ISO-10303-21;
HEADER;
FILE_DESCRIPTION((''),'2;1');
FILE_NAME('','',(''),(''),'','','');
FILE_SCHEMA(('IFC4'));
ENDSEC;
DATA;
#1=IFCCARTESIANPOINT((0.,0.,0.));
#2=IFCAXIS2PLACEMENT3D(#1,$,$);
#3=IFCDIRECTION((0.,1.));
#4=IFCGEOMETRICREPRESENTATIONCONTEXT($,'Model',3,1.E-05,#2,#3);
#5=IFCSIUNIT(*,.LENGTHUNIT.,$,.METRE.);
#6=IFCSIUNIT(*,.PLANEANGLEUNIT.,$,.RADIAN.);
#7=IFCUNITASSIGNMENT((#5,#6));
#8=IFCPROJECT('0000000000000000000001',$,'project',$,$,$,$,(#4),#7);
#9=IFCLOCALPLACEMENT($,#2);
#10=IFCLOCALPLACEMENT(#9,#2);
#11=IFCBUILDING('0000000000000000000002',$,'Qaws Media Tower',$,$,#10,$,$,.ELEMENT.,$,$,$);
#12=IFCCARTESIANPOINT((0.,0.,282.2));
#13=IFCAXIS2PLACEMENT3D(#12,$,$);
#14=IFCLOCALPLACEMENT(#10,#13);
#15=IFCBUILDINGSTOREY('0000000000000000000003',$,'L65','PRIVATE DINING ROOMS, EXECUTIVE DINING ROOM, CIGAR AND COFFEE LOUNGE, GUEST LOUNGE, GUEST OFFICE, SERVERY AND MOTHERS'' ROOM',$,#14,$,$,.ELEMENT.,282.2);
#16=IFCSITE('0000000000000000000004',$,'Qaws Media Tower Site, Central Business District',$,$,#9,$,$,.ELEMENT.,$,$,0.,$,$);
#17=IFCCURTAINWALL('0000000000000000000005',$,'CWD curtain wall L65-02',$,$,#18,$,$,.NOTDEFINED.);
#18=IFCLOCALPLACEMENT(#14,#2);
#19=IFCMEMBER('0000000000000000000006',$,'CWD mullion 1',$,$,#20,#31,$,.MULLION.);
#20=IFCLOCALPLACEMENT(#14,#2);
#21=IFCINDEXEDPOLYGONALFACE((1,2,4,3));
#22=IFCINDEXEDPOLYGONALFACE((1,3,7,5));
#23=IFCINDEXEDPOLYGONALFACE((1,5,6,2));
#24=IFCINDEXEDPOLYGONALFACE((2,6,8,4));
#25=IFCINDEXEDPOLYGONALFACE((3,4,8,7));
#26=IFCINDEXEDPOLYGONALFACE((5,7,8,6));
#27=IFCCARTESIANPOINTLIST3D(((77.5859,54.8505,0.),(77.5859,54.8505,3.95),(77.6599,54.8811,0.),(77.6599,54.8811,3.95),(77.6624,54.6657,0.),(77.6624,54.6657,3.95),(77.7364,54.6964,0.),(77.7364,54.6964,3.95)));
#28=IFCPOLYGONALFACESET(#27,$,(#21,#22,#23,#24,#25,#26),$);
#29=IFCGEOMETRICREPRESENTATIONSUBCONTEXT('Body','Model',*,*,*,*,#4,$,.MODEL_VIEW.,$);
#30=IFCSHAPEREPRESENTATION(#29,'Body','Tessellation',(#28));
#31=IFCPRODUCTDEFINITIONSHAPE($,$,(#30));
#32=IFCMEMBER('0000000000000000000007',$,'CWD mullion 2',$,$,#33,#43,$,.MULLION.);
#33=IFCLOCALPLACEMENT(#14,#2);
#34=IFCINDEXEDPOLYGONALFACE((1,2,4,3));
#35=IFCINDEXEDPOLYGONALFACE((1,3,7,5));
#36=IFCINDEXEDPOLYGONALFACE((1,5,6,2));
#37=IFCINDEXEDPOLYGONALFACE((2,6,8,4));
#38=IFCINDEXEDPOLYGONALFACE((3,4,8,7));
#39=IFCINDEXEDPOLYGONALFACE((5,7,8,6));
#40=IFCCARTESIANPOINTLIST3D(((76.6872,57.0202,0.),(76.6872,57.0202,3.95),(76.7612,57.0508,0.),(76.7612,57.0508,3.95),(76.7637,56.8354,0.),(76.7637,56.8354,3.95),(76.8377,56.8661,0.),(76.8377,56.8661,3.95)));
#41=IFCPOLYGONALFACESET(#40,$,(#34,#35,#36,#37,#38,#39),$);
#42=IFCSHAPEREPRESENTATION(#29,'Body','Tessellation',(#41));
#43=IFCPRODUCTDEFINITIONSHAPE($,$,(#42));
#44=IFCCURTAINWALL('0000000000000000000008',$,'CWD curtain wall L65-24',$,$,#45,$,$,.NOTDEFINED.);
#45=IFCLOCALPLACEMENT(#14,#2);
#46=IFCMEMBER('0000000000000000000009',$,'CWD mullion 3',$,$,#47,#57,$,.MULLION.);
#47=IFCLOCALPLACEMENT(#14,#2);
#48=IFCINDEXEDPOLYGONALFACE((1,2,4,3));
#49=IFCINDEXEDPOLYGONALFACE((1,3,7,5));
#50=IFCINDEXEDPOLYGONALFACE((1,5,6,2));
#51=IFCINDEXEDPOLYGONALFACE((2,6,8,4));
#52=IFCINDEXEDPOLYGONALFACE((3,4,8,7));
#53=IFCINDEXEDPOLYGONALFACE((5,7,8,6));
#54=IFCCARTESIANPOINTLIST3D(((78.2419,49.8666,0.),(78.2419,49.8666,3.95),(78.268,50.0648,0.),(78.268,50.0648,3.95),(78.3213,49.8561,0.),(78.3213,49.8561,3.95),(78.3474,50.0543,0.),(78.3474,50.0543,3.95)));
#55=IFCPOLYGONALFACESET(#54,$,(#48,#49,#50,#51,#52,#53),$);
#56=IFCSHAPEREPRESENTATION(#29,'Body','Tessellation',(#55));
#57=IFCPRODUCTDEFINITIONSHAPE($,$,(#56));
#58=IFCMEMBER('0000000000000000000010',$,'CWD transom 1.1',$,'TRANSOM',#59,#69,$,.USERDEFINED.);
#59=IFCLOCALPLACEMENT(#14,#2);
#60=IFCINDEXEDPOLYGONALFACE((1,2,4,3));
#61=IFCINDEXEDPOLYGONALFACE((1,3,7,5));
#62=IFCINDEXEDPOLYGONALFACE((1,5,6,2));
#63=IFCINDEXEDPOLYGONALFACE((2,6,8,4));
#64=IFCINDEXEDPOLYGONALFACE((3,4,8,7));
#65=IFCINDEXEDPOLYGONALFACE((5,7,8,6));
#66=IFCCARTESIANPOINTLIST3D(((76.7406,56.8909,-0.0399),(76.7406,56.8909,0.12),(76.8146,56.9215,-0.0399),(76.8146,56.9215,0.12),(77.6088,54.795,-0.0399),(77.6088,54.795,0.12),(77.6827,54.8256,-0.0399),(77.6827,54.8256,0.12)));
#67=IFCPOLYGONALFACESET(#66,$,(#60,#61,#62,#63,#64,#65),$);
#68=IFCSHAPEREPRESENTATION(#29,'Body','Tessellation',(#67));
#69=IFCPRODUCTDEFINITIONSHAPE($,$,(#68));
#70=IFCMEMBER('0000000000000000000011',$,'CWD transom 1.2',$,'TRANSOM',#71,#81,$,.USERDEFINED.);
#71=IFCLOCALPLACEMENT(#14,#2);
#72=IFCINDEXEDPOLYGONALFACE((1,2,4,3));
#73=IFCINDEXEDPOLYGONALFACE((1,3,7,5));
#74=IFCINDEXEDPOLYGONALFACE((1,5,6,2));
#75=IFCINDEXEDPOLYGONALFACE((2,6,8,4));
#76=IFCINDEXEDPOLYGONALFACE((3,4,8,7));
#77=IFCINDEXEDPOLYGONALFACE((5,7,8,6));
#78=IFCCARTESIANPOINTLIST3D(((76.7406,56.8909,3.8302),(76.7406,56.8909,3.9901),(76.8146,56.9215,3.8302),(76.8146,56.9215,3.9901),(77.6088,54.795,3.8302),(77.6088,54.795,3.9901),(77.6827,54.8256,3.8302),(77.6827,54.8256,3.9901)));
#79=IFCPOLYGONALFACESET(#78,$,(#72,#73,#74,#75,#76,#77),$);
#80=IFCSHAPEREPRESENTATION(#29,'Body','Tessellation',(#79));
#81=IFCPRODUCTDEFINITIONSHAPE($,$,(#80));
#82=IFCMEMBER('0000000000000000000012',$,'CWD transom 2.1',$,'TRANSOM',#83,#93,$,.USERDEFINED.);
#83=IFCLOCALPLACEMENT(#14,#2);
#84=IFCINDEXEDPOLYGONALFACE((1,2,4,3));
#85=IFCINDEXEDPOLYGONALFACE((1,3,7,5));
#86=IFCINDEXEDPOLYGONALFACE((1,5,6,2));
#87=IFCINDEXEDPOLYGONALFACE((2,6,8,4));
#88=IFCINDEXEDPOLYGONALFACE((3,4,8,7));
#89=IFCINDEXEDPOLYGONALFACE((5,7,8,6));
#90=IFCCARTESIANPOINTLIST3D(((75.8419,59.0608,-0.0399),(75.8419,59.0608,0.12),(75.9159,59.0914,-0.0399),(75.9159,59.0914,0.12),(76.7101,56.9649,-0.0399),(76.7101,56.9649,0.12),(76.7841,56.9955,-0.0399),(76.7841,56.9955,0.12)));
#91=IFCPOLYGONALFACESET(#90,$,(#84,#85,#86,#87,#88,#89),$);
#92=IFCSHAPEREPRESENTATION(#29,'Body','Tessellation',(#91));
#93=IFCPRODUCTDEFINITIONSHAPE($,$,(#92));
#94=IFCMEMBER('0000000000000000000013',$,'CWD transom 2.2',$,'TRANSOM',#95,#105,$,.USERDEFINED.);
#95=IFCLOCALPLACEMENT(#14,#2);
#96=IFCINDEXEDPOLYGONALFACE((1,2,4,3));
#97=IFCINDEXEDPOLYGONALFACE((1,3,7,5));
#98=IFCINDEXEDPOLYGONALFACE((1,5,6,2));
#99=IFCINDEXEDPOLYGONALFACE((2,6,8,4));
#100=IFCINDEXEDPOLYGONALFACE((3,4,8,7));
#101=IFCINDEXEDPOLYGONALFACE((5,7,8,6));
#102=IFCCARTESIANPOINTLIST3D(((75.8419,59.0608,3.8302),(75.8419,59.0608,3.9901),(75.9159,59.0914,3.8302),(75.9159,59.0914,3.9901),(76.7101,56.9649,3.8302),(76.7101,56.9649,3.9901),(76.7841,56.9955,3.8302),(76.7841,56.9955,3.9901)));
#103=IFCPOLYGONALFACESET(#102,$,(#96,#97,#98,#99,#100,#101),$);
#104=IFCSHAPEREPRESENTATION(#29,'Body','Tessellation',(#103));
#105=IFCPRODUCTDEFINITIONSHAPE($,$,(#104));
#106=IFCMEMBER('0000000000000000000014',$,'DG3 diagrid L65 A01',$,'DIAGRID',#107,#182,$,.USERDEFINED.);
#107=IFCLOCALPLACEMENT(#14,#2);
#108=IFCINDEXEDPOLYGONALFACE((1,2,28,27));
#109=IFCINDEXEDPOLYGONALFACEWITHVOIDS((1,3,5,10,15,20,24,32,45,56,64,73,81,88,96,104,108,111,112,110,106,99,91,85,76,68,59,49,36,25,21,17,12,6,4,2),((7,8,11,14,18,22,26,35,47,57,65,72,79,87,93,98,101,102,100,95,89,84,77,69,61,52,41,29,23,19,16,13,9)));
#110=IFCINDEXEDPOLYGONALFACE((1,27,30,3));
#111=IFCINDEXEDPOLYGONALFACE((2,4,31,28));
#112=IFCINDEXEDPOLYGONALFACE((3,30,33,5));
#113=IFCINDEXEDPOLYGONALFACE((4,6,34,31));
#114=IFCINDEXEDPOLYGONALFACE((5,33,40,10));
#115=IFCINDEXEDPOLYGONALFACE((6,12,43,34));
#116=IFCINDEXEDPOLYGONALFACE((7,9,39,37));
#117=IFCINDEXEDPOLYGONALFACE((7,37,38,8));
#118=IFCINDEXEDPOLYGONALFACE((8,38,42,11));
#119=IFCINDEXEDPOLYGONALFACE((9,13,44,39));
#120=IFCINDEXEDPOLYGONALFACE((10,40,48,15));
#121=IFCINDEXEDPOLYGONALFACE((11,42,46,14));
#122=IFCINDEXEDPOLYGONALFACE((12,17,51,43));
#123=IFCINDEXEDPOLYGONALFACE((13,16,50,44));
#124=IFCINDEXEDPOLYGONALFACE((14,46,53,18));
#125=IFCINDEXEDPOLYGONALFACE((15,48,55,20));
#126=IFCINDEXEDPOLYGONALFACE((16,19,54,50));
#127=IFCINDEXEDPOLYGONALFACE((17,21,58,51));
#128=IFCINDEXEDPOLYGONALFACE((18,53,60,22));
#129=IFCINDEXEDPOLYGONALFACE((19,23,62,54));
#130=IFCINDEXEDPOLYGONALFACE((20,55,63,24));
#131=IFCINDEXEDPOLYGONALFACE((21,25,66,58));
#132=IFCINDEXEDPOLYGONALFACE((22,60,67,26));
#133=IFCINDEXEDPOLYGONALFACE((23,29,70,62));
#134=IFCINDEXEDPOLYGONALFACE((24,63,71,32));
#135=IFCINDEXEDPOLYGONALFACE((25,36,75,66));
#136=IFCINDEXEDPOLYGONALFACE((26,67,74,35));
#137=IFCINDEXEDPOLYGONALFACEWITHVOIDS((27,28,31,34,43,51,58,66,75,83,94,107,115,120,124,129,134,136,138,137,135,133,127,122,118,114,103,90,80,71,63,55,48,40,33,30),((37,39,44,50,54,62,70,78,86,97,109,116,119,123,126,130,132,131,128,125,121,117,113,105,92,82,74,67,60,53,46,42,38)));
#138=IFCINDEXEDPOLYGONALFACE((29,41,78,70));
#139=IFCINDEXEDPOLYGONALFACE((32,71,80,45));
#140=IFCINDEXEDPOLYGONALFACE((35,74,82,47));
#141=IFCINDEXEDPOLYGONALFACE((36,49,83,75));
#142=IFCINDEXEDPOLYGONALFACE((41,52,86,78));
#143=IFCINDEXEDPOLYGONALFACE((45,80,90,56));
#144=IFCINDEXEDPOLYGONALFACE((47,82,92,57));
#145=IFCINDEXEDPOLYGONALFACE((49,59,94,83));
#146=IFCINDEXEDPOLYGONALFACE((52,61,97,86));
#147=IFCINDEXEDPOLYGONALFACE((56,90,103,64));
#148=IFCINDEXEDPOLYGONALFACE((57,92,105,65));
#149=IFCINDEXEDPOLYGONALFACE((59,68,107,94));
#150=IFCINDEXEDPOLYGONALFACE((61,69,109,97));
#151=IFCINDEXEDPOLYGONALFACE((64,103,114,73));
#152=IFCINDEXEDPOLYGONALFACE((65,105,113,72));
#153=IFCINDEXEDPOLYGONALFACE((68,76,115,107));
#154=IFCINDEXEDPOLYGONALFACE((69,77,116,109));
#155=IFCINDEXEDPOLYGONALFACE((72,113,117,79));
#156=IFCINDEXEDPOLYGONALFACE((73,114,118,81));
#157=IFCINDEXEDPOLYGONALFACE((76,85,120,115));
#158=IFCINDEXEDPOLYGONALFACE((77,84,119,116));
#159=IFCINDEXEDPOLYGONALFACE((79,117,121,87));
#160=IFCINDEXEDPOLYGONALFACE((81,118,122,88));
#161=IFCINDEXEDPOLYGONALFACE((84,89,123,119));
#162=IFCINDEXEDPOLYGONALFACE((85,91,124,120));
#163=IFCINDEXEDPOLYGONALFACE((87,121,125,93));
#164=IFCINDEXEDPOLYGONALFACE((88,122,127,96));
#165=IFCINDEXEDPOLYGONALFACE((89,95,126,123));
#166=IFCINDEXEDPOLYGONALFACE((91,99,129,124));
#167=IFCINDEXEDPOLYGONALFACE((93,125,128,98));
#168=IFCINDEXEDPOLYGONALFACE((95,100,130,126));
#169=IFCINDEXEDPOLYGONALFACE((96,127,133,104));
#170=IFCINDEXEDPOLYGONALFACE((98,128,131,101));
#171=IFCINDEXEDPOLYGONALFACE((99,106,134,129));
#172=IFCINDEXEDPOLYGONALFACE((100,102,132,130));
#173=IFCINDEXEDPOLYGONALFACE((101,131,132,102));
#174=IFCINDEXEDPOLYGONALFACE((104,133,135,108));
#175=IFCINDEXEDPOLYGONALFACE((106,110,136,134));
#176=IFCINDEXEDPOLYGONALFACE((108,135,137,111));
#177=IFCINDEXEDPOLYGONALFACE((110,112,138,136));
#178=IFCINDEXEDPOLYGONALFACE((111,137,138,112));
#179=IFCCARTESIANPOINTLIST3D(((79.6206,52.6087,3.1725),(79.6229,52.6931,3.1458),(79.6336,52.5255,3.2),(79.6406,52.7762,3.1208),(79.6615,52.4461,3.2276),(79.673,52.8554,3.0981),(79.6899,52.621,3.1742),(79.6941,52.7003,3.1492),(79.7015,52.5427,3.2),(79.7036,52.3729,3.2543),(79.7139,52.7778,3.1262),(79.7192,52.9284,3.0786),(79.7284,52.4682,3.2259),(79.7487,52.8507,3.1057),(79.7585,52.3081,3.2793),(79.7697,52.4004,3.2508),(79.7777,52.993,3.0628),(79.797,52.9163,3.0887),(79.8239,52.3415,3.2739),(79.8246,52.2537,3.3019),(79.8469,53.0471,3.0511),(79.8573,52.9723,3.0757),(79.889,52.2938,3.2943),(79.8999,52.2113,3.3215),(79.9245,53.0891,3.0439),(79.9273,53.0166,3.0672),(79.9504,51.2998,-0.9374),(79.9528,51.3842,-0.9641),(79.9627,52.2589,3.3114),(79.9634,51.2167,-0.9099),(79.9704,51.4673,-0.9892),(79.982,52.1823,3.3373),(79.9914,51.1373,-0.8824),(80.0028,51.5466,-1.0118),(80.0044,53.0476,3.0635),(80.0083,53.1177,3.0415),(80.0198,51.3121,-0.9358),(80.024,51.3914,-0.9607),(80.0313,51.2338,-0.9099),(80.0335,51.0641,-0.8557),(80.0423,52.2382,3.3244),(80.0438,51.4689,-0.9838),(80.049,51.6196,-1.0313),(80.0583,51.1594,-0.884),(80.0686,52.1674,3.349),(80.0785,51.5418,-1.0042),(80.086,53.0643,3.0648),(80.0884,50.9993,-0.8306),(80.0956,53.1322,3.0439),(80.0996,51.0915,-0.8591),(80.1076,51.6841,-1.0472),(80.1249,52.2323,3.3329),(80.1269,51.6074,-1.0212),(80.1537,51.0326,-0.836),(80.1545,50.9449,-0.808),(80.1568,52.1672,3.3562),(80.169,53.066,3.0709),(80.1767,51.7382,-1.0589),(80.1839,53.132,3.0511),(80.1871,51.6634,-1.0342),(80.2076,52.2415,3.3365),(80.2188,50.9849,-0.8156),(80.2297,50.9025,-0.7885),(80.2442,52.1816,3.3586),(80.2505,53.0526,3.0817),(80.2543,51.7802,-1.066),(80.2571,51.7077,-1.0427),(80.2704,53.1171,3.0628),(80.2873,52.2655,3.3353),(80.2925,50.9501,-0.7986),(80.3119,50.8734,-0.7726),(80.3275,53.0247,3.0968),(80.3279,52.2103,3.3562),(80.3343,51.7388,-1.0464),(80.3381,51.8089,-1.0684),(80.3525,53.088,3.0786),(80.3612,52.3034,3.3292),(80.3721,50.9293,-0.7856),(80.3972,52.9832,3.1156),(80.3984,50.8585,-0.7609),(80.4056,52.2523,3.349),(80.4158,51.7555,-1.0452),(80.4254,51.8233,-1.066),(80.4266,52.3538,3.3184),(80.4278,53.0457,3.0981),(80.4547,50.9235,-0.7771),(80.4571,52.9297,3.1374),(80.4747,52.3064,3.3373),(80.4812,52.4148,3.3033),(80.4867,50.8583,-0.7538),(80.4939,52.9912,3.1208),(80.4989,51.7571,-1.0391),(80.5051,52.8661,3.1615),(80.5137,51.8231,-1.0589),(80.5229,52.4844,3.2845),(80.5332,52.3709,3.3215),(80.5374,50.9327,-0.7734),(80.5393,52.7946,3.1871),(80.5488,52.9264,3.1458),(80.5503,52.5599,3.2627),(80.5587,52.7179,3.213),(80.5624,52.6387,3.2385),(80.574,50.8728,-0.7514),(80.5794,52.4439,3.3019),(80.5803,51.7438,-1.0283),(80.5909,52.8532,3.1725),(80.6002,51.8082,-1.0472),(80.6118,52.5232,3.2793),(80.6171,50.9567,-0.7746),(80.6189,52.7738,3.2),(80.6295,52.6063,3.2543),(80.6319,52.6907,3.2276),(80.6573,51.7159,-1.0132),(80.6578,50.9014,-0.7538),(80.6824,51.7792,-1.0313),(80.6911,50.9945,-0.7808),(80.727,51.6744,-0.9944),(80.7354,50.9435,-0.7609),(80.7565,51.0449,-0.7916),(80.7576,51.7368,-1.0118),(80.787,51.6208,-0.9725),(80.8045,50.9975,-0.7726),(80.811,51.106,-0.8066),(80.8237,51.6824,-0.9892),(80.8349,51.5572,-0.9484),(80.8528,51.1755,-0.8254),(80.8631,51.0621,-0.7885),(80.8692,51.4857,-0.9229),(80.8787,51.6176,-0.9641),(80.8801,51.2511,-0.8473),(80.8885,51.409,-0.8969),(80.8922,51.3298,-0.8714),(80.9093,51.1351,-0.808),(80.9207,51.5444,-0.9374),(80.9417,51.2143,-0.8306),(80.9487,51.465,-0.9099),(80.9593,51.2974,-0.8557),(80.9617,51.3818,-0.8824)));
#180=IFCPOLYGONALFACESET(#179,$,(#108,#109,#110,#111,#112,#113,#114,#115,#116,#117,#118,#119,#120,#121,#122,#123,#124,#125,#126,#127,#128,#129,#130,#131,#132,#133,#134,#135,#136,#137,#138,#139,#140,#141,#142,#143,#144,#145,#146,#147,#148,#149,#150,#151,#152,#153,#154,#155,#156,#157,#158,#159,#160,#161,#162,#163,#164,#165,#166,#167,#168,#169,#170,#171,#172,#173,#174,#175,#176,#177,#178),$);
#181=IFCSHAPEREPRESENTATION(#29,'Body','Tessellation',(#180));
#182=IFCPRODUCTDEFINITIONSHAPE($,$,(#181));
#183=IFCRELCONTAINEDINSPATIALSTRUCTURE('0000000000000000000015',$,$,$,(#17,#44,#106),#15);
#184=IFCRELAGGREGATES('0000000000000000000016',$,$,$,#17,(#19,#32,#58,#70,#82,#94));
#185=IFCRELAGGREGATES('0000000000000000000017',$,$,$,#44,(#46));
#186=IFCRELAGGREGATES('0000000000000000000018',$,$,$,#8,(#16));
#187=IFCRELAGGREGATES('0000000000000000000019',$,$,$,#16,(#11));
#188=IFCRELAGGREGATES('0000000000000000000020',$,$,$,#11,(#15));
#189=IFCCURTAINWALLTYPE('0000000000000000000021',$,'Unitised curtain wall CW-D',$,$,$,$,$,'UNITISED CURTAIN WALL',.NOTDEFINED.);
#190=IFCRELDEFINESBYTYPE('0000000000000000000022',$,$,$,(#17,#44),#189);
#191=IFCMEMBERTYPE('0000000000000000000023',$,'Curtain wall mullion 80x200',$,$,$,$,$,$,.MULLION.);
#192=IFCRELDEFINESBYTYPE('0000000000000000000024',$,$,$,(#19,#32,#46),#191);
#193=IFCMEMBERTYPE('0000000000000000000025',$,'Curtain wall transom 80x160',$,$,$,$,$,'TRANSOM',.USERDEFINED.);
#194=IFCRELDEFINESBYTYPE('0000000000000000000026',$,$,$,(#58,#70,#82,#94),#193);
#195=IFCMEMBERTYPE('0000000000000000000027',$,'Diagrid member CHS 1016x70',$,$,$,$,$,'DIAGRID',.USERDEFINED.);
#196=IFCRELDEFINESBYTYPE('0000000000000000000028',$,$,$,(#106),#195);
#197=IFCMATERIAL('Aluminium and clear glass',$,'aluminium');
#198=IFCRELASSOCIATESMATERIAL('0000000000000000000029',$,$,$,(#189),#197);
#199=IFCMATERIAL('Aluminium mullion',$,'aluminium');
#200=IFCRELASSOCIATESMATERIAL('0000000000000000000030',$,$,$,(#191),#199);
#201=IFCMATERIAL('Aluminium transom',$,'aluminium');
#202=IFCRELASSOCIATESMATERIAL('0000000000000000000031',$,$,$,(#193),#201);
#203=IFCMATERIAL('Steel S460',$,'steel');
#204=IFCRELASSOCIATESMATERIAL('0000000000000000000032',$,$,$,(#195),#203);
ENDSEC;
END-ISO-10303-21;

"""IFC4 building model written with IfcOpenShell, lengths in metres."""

from ifc_helpers import new_model, si_unit, direction, frame, origin, origin_2d, place, context, subcontext, project, spatial, rectangle, hollow_circle, extrude, material, material_profile, profile_set, type_object, element, aggregate, save


model = new_model("IFC4")

# Units and contexts
model_context = context("Model", 3, precision=1e-05, world=origin(), true_north=direction((0.0, 1.0)))
body_context = subcontext(model_context, "Body", "Model", "MODEL_VIEW")
ifc_project = project(units=[si_unit("LENGTHUNIT", "METRE"), si_unit("PLANEANGLEUNIT", "RADIAN")], contexts=[model_context])

# Site, building, storey
site_placement = place(None, origin())
site = spatial("IfcSite", under=ifc_project, at=site_placement, Name="Qaws Media Tower Site, Central Business District", CompositionType="ELEMENT", RefElevation=0.0)
building_placement = place(site_placement, origin())
building = spatial("IfcBuilding", under=site, at=building_placement, Name="Qaws Media Tower", CompositionType="ELEMENT")
storey_placement = place(building_placement, frame((0.0, 0.0, 282.2)))
storey = spatial("IfcBuildingStorey", under=building, at=storey_placement, Name="L65", Description="PRIVATE DINING ROOMS, EXECUTIVE DINING ROOM, CIGAR AND COFFEE LOUNGE, GUEST LOUNGE, GUEST OFFICE, SERVERY AND MOTHERS' ROOM", CompositionType="ELEMENT", Elevation=282.2)

# Curtain wall, members
ifc_material_1 = material(Name="Aluminium and clear glass", Category="aluminium")
curtain_wall_type = type_object("IfcCurtainWallType", Name="Unitised curtain wall CW-D", ElementType="UNITISED CURTAIN WALL", PredefinedType="NOTDEFINED", material=ifc_material_1)
curtain_wall_1_placement = place(storey_placement, origin())
curtain_wall_1 = element("IfcCurtainWall", 1, at=curtain_wall_1_placement, inside=storey, type_object=curtain_wall_type, Name="CWD curtain wall L65-02", PredefinedType="NOTDEFINED")
ifc_material_2 = material(Name="Aluminium mullion", Category="aluminium")
ifc_material_profile_1 = material_profile(ifc_material_2, rectangle(XDim=0.0801, YDim=0.2, at=origin_2d()), Name="80x200")
ifc_profile_set_1 = profile_set([ifc_material_profile_1], Name="Aluminium mullion")
member_type_1 = type_object("IfcMemberType", Name="Curtain wall mullion 80x200", PredefinedType="MULLION", material=ifc_profile_set_1)
member_1_placement = place(storey_placement, frame((77.6611, 54.7734, 0.0), z_axis=(0.0, 0.0, 1.0), x_axis=(-0.923879, -0.382684, 0.0)))
member_1 = element("IfcMember", 2, at=member_1_placement, type_object=member_type_1, Name="CWD mullion 1", PredefinedType="MULLION", context=body_context, shape_type="SweptSolid", body=[
    extrude(rectangle(XDim=0.0801, YDim=0.2, at=origin_2d()), origin(), (0.0, 0.0, 1.0), 3.95),
])
member_2_placement = place(storey_placement, frame((76.7625, 56.9431, 0.0), z_axis=(0.0, 0.0, 1.0), x_axis=(-0.923879, -0.382684, 0.0)))
member_2 = element("IfcMember", 3, at=member_2_placement, type_object=member_type_1, Name="CWD mullion 2", PredefinedType="MULLION", context=body_context, shape_type="SweptSolid", body=[
    extrude(rectangle(XDim=0.0801, YDim=0.2, at=origin_2d()), origin(), (0.0, 0.0, 1.0), 3.95),
])

# Curtain wall, member
curtain_wall_2_placement = place(storey_placement, origin())
curtain_wall_2 = element("IfcCurtainWall", 4, at=curtain_wall_2_placement, inside=storey, type_object=curtain_wall_type, Name="CWD curtain wall L65-24", PredefinedType="NOTDEFINED")
member_3_placement = place(storey_placement, frame((78.2947, 49.9604, 0.0), z_axis=(0.0, 0.0, 1.0), x_axis=(-0.991445, 0.130526, 0.0)))
member_3 = element("IfcMember", 5, at=member_3_placement, type_object=member_type_1, Name="CWD mullion 3", PredefinedType="MULLION", context=body_context, shape_type="SweptSolid", body=[
    extrude(rectangle(XDim=0.0801, YDim=0.2, at=origin_2d()), origin(), (0.0, 0.0, 1.0), 3.95),
])

# Members
ifc_material_3 = material(Name="Aluminium transom", Category="aluminium")
ifc_material_profile_2 = material_profile(ifc_material_3, rectangle(XDim=0.0801, YDim=0.1599, at=origin_2d()), Name="80x160")
ifc_profile_set_2 = profile_set([ifc_material_profile_2], Name="Aluminium transom")
member_type_2 = type_object("IfcMemberType", Name="Curtain wall transom 80x160", ElementType="TRANSOM", PredefinedType="USERDEFINED", material=ifc_profile_set_2)
member_4_placement = place(storey_placement, frame((77.6458, 54.8103, 0.04), z_axis=(-0.382681, 0.92388, 0.0), x_axis=(-0.92388, -0.382681, 0.0)))
member_4 = element("IfcMember", 6, at=member_4_placement, type_object=member_type_2, Name="CWD transom 1.1", ObjectType="TRANSOM", PredefinedType="USERDEFINED", context=body_context, shape_type="SweptSolid", body=[
    extrude(rectangle(XDim=0.0801, YDim=0.1599, at=origin_2d()), origin(), (0.0, 0.0, 1.0), 2.2686),
])
member_5_placement = place(storey_placement, frame((77.6458, 54.8103, 3.9102), z_axis=(-0.382681, 0.92388, 0.0), x_axis=(-0.92388, -0.382681, 0.0)))
member_5 = element("IfcMember", 7, at=member_5_placement, type_object=member_type_2, Name="CWD transom 1.2", ObjectType="TRANSOM", PredefinedType="USERDEFINED", context=body_context, shape_type="SweptSolid", body=[
    extrude(rectangle(XDim=0.0801, YDim=0.1599, at=origin_2d()), origin(), (0.0, 0.0, 1.0), 2.2686),
])
member_6_placement = place(storey_placement, frame((76.7471, 56.9802, 0.04), z_axis=(-0.382681, 0.92388, 0.0), x_axis=(-0.92388, -0.382681, 0.0)))
member_6 = element("IfcMember", 8, at=member_6_placement, type_object=member_type_2, Name="CWD transom 2.1", ObjectType="TRANSOM", PredefinedType="USERDEFINED", context=body_context, shape_type="SweptSolid", body=[
    extrude(rectangle(XDim=0.0801, YDim=0.1599, at=origin_2d()), origin(), (0.0, 0.0, 1.0), 2.2686),
])
member_7_placement = place(storey_placement, frame((76.7471, 56.9802, 3.9102), z_axis=(-0.382681, 0.92388, 0.0), x_axis=(-0.92388, -0.382681, 0.0)))
member_7 = element("IfcMember", 9, at=member_7_placement, type_object=member_type_2, Name="CWD transom 2.2", ObjectType="TRANSOM", PredefinedType="USERDEFINED", context=body_context, shape_type="SweptSolid", body=[
    extrude(rectangle(XDim=0.0801, YDim=0.1599, at=origin_2d()), origin(), (0.0, 0.0, 1.0), 2.2686),
])

# Member
ifc_material_4 = material(Name="Steel S460", Category="steel")
ifc_material_profile_3 = material_profile(ifc_material_4, hollow_circle(Radius=0.5081, WallThickness=0.0701, at=origin_2d()), Name="CHS 1016x70")
ifc_profile_set_3 = profile_set([ifc_material_profile_3], Name="Steel S460")
member_type_3 = type_object("IfcMemberType", Name="Diagrid member CHS 1016x70", ElementType="DIAGRID", PredefinedType="USERDEFINED", material=ifc_profile_set_3)
for number, where, z_axis, x_axis, name in (
    (10, (80.4561, 51.3408, -0.9099), (-0.076248, 0.302563, 0.950075), (-0.969683, -0.244365, 0.0), "DG3 diagrid L65 A01"),
):
    element("IfcMember", number, at=place(storey_placement, frame(where, z_axis=z_axis, x_axis=x_axis)), inside=storey, type_object=member_type_3, Name=name, ObjectType="DIAGRID", PredefinedType="USERDEFINED", context=body_context, shape_type="SweptSolid", body=[
        extrude(hollow_circle(Radius=0.5081, WallThickness=0.0701, at=origin_2d()), origin(), (0.0, 0.0, 1.0), 4.3259),
    ])

aggregate(curtain_wall_1, [member_1, member_2, member_4, member_5, member_6, member_7])
aggregate(curtain_wall_2, [member_3])

save(model, "model.ifc")
